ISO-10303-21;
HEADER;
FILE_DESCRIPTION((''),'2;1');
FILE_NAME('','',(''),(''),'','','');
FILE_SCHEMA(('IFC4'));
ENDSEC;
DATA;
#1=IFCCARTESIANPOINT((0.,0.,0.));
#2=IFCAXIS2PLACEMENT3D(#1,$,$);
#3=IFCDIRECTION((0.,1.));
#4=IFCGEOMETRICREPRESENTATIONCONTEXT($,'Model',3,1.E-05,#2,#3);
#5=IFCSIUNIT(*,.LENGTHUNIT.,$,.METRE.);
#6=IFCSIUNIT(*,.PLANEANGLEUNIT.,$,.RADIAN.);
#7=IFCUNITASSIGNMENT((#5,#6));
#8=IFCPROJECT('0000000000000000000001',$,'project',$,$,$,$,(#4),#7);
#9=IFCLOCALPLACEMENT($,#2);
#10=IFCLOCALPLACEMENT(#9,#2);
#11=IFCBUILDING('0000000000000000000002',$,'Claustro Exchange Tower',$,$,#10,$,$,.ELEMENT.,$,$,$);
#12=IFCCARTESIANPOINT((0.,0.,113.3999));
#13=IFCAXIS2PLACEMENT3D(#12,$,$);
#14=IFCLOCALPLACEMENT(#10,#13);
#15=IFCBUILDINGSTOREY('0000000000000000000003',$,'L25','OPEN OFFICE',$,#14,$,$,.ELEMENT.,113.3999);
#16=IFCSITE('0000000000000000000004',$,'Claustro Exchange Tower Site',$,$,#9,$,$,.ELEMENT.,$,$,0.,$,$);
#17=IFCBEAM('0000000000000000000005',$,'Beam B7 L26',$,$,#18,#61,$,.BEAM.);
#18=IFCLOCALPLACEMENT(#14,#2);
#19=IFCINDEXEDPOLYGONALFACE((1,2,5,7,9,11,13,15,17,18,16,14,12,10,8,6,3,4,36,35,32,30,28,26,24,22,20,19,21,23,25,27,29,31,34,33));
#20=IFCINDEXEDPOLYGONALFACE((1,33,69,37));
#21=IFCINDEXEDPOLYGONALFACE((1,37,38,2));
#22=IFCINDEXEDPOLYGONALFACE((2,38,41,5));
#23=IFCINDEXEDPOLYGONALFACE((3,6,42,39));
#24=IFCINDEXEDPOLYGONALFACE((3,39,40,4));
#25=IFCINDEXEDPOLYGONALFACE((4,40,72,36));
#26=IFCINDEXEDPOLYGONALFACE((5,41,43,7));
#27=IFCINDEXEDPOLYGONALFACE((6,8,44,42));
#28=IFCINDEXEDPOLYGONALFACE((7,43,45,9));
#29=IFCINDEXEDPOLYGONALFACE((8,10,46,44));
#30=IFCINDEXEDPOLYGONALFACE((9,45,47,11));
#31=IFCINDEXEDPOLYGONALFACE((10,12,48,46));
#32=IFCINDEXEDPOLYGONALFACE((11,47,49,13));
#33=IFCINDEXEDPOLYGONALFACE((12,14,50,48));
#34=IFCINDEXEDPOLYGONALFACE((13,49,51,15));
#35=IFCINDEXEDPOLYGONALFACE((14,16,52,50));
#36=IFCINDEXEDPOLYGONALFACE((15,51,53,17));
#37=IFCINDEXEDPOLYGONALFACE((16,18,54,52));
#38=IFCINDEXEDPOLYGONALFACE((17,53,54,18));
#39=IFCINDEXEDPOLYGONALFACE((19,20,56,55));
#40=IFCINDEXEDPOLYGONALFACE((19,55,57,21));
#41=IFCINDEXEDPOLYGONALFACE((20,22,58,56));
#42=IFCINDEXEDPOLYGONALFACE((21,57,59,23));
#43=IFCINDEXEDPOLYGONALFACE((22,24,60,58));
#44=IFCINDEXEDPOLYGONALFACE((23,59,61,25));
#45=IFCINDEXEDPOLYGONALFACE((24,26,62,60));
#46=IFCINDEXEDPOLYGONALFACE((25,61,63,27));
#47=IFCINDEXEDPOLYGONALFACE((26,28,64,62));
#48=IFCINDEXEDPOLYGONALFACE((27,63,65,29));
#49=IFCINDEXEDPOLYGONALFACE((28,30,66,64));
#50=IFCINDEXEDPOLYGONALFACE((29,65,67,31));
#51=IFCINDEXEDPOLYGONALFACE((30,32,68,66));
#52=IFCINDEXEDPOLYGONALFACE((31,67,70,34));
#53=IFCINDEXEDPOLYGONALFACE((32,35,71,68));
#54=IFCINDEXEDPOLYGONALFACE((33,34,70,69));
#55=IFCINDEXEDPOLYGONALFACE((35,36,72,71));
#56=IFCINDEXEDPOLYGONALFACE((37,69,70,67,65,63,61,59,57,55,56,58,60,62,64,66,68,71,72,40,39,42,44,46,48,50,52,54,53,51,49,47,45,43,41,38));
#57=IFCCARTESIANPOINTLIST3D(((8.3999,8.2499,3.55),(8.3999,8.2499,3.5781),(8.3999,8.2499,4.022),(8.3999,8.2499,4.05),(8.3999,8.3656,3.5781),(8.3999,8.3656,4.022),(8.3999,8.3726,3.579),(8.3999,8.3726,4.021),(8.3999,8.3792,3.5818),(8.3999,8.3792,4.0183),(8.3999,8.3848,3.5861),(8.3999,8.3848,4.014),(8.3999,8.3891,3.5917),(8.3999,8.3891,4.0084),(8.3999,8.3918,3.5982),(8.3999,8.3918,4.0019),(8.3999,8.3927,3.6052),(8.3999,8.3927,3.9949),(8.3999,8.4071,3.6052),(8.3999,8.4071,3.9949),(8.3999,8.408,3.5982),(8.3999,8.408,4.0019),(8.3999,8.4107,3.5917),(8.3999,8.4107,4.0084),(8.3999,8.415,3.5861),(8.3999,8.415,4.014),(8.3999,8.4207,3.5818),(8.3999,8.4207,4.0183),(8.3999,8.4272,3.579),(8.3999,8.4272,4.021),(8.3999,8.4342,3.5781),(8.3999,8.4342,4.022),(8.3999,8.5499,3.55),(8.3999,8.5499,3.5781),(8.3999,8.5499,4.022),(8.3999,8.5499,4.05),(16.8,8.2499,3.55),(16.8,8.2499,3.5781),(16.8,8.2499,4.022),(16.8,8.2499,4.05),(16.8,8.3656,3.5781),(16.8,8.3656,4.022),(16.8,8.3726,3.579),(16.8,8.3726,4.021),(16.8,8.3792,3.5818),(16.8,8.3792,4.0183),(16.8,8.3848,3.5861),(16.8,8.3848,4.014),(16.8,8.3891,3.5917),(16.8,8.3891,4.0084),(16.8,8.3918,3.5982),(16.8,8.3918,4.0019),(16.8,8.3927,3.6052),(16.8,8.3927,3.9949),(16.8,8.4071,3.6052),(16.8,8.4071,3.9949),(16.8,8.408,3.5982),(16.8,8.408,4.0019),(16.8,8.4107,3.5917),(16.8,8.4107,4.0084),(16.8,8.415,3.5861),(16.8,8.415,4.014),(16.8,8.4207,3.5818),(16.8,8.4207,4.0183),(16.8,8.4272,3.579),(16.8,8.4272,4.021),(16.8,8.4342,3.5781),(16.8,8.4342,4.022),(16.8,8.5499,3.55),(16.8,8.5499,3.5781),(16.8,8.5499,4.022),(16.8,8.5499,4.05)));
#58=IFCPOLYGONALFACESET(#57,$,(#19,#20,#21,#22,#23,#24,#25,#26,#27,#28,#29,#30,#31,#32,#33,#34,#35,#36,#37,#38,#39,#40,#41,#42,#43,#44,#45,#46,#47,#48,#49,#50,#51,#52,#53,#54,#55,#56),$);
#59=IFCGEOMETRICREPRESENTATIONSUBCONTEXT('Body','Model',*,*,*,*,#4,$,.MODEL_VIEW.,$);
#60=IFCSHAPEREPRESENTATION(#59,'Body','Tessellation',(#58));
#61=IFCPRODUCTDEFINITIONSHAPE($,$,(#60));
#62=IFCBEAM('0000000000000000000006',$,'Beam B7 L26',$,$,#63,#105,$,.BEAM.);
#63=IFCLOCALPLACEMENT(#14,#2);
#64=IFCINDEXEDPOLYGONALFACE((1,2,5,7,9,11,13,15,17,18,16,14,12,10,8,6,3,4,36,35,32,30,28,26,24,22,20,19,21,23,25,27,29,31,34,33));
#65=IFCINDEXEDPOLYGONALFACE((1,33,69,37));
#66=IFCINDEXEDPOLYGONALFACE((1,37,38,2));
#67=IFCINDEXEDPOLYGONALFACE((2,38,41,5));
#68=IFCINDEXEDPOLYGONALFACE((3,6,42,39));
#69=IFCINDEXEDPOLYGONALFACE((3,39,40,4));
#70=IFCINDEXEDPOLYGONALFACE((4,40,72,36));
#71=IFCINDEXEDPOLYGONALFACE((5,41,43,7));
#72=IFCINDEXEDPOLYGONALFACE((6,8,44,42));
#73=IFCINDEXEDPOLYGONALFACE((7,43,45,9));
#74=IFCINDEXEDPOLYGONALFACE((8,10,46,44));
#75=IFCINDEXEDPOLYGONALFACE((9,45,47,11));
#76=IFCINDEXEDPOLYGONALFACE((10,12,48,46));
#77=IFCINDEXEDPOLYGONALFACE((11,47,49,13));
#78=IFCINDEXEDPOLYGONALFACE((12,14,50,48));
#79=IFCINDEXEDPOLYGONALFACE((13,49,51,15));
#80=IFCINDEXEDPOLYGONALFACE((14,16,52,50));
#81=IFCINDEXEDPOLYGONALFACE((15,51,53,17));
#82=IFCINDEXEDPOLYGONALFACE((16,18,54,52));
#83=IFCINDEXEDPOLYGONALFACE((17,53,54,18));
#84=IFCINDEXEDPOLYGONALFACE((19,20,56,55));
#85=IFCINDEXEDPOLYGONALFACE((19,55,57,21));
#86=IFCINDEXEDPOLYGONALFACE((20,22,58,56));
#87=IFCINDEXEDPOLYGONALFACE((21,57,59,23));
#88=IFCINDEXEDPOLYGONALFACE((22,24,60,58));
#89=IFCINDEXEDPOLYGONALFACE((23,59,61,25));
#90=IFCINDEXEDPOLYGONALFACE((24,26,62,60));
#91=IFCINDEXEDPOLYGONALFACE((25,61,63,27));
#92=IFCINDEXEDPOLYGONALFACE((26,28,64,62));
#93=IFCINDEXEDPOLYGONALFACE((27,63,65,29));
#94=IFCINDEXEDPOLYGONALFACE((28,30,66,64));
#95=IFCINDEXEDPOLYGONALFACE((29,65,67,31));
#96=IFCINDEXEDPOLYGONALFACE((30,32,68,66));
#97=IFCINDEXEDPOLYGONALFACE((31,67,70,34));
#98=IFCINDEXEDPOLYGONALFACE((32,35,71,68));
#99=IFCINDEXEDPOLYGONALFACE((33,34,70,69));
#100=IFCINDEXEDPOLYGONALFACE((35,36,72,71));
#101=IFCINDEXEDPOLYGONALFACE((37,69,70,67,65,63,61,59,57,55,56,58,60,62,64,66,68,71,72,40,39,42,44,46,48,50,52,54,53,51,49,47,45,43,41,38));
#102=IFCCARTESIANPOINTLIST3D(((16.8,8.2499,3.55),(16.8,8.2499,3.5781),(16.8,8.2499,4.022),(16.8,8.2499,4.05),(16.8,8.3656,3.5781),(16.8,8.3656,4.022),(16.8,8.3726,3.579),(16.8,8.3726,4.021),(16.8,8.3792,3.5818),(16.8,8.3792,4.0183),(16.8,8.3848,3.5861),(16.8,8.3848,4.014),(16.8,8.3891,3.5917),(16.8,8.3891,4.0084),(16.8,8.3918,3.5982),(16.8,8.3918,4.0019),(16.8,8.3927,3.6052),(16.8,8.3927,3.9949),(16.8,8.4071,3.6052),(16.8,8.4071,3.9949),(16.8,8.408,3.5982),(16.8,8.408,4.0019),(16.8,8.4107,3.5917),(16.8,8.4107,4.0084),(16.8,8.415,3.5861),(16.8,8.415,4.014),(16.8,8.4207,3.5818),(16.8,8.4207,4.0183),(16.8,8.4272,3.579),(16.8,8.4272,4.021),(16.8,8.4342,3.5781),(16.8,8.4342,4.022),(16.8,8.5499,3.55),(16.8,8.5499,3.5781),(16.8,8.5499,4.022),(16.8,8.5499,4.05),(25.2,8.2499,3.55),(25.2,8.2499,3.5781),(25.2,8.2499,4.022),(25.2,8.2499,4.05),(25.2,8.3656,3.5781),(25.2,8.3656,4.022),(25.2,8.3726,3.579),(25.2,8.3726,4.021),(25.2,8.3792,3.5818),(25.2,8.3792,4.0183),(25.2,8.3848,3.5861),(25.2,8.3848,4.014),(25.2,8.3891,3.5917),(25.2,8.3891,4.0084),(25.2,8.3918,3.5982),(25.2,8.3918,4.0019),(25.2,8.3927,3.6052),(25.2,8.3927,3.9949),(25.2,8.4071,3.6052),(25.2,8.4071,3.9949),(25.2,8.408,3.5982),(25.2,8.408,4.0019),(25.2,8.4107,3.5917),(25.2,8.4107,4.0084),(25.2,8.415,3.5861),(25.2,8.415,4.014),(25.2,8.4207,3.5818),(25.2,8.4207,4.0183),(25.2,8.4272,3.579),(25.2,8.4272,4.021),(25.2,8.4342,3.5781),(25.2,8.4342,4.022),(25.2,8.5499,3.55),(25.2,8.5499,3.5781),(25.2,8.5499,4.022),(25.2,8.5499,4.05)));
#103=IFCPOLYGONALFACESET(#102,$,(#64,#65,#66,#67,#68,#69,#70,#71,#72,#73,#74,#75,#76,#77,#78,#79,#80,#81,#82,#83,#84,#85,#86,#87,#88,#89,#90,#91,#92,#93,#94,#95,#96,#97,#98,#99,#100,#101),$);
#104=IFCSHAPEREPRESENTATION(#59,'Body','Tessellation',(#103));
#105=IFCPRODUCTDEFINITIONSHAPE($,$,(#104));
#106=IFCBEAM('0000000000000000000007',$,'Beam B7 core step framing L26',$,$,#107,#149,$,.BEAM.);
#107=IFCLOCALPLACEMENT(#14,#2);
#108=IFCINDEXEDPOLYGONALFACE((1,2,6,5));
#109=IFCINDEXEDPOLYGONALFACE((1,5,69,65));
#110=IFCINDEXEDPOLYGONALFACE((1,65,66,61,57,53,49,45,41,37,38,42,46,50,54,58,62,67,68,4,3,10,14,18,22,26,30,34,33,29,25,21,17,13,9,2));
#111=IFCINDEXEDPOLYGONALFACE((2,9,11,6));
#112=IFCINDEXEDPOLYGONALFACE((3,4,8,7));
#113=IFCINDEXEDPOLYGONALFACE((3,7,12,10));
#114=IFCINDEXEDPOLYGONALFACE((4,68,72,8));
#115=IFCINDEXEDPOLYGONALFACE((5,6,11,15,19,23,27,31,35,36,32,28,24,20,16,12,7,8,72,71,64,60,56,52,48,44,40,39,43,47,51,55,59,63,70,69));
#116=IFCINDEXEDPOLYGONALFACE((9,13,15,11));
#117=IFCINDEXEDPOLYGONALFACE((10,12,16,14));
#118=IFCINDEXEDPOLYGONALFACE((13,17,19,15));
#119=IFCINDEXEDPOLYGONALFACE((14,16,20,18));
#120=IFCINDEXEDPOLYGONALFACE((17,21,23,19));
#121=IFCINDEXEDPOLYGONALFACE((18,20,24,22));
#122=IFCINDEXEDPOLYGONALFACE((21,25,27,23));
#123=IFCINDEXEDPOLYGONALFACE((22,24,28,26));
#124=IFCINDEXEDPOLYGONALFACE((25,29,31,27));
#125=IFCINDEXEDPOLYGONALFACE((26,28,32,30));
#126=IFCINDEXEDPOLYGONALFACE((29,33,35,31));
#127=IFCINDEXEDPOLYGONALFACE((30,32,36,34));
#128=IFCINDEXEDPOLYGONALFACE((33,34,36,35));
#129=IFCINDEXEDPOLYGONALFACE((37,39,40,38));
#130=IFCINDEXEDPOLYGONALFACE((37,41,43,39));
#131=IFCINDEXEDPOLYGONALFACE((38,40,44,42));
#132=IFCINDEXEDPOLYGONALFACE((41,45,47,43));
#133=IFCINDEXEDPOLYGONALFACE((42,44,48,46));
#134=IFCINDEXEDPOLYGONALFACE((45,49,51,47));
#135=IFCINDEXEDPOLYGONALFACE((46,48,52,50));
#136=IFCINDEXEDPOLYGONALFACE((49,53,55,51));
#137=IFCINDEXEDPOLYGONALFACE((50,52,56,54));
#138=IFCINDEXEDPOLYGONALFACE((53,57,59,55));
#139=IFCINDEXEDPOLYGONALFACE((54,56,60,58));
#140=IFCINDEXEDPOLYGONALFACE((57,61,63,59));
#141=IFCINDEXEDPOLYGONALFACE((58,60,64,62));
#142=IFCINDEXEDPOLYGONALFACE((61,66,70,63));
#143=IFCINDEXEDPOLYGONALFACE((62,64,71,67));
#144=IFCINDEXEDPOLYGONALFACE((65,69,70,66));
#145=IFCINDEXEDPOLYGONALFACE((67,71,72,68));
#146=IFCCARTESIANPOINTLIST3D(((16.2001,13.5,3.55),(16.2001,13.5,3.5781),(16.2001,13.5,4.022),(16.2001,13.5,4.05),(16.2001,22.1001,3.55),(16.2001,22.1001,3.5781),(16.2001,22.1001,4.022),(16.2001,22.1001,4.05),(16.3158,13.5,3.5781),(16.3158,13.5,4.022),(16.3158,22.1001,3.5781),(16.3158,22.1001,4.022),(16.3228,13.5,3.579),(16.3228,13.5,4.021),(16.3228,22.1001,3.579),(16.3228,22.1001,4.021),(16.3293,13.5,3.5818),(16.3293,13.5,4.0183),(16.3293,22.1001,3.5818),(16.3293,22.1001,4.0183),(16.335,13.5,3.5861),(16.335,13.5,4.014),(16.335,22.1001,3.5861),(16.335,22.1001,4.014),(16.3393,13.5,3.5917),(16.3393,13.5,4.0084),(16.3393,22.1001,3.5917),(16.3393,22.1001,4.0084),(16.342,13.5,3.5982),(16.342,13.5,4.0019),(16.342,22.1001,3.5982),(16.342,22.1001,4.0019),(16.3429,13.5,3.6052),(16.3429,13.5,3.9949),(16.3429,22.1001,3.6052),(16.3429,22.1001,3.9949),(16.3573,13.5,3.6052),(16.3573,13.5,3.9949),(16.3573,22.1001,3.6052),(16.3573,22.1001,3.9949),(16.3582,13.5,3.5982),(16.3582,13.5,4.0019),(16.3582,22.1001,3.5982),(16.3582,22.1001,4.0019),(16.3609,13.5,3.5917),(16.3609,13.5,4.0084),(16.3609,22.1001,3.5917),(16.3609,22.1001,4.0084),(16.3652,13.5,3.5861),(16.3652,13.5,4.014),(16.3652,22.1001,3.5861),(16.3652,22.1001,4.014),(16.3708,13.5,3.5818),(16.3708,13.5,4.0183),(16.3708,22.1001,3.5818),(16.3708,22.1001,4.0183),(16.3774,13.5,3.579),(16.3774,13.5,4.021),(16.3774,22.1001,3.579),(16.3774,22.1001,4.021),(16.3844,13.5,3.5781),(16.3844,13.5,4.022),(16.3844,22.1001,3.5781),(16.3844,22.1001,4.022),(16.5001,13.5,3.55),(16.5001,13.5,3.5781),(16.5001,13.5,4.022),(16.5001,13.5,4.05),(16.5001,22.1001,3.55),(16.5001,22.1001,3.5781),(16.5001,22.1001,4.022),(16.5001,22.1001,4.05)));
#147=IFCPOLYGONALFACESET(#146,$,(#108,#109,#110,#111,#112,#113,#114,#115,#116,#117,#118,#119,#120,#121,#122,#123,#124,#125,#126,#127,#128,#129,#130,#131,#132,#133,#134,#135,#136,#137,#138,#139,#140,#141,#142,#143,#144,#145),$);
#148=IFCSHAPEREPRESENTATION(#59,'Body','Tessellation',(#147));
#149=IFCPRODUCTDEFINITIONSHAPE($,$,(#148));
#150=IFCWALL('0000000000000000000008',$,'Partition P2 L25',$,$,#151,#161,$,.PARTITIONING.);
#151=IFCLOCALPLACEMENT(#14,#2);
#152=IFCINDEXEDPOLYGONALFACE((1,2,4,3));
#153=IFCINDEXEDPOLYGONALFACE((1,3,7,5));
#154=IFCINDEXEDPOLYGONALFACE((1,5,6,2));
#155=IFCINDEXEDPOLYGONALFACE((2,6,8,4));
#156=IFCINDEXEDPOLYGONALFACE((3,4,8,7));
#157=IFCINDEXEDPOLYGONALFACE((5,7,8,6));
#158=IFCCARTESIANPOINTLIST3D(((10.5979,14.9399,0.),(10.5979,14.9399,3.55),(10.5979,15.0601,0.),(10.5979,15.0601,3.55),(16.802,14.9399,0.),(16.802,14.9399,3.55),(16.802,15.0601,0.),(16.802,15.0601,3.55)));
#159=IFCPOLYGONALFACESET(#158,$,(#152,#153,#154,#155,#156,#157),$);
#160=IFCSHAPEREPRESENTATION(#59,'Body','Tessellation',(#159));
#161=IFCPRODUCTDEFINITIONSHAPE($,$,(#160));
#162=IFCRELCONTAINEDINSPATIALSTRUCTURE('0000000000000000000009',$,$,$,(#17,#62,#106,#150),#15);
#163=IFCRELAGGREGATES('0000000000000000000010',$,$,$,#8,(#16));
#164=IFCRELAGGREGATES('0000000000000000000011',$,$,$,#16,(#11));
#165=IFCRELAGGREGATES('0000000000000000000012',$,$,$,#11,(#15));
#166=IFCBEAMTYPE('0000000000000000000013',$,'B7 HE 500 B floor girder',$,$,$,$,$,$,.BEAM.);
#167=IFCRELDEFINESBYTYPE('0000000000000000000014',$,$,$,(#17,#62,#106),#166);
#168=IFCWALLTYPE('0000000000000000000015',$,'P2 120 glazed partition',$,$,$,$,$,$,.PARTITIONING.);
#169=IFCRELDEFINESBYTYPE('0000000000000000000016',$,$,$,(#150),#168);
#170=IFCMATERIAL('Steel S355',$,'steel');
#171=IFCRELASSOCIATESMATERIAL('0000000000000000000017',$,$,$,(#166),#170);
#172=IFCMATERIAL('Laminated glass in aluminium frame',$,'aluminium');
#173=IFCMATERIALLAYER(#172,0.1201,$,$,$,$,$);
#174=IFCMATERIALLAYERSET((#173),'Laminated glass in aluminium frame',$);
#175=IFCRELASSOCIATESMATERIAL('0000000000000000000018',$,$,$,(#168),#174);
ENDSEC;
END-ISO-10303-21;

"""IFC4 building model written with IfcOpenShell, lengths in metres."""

from ifc_helpers import new_model, si_unit, direction, frame, frame_2d, origin, origin_2d, place, context, subcontext, project, spatial, rectangle, i_section, extrude, material, layer, layer_set, material_profile, profile_set, type_object, element, save


model = new_model("IFC4")

# Units and contexts
model_context = context("Model", 3, precision=1e-05, world=origin(), true_north=direction((0.0, 1.0)))
body_context = subcontext(model_context, "Body", "Model", "MODEL_VIEW")
ifc_project = project(units=[si_unit("LENGTHUNIT", "METRE"), si_unit("PLANEANGLEUNIT", "RADIAN")], contexts=[model_context])

# Site, building, storey
site_placement = place(None, origin())
site = spatial("IfcSite", under=ifc_project, at=site_placement, Name="Claustro Exchange Tower Site", CompositionType="ELEMENT", RefElevation=0.0)
building_placement = place(site_placement, origin())
building = spatial("IfcBuilding", under=site, at=building_placement, Name="Claustro Exchange Tower", CompositionType="ELEMENT")
storey_placement = place(building_placement, frame((0.0, 0.0, 113.3999)))
storey = spatial("IfcBuildingStorey", under=building, at=storey_placement, Name="L25", Description="OPEN OFFICE", CompositionType="ELEMENT", Elevation=113.3999)

# Beams
ifc_material_1 = material(Name="Steel S355", Category="steel")
ifc_material_profile_1 = material_profile(ifc_material_1, i_section(OverallWidth=0.3, OverallDepth=0.5, WebThickness=0.0144, FlangeThickness=0.0281, FilletRadius=0.0271, at=origin_2d()), Name="HE 500 B")
ifc_profile_set_1 = profile_set([ifc_material_profile_1], Name="Steel S355")
beam_type_1 = type_object("IfcBeamType", Name="B7 HE 500 B floor girder", PredefinedType="BEAM", material=ifc_profile_set_1)
beam_1_placement = place(storey_placement, frame((8.3999, 8.3999, 3.8), z_axis=(1.0, 0.0, 0.0), x_axis=(0.0, 1.0, 0.0)))
element("IfcBeam", 1, at=beam_1_placement, inside=storey, type_object=beam_type_1, Name="Beam B7 L26", PredefinedType="BEAM", context=body_context, shape_type="SweptSolid", body=[
    extrude(i_section(OverallWidth=0.3, OverallDepth=0.5, WebThickness=0.0144, FlangeThickness=0.0281, FilletRadius=0.0271, at=origin_2d()), origin(), (0.0, 0.0, 1.0), 8.4001),
])
beam_2_placement = place(storey_placement, frame((16.8, 8.3999, 3.8), z_axis=(1.0, 0.0, 0.0), x_axis=(0.0, 1.0, 0.0)))
element("IfcBeam", 2, at=beam_2_placement, inside=storey, type_object=beam_type_1, Name="Beam B7 L26", PredefinedType="BEAM", context=body_context, shape_type="SweptSolid", body=[
    extrude(i_section(OverallWidth=0.3, OverallDepth=0.5, WebThickness=0.0144, FlangeThickness=0.0281, FilletRadius=0.0271, at=origin_2d()), origin(), (0.0, 0.0, 1.0), 8.3999),
])
beam_3_placement = place(storey_placement, frame((16.3501, 13.5, 3.8), z_axis=(0.0, 1.0, 0.0), x_axis=(-1.0, 0.0, 0.0)))
element("IfcBeam", 3, at=beam_3_placement, inside=storey, type_object=beam_type_1, Name="Beam B7 core step framing L26", PredefinedType="BEAM", context=body_context, shape_type="SweptSolid", body=[
    extrude(i_section(OverallWidth=0.3, OverallDepth=0.5, WebThickness=0.0144, FlangeThickness=0.0281, FilletRadius=0.0271, at=origin_2d()), origin(), (0.0, 0.0, 1.0), 8.6001),
])

# Wall
ifc_material_2 = material(Name="Laminated glass in aluminium frame", Category="aluminium")
ifc_layer_1 = layer(ifc_material_2, 0.1201)
ifc_layer_set_1 = layer_set([ifc_layer_1], Name="Laminated glass in aluminium frame")
wall_type_1 = type_object("IfcWallType", Name="P2 120 glazed partition", PredefinedType="PARTITIONING", material=ifc_layer_set_1)
wall_1_placement = place(storey_placement, frame((10.5979, 15.0, 0.0), z_axis=(0.0, 0.0, 1.0), x_axis=(1.0, 0.0, 0.0)))
element("IfcWall", 4, at=wall_1_placement, inside=storey, type_object=wall_type_1, Name="Partition P2 L25", PredefinedType="PARTITIONING", context=body_context, shape_type="SweptSolid", body=[
    extrude(rectangle(XDim=6.2041, YDim=0.1201, at=frame_2d((3.1021, 0.0))), origin(), (0.0, 0.0, 1.0), 3.55),
])

save(model, "model.ifc")
